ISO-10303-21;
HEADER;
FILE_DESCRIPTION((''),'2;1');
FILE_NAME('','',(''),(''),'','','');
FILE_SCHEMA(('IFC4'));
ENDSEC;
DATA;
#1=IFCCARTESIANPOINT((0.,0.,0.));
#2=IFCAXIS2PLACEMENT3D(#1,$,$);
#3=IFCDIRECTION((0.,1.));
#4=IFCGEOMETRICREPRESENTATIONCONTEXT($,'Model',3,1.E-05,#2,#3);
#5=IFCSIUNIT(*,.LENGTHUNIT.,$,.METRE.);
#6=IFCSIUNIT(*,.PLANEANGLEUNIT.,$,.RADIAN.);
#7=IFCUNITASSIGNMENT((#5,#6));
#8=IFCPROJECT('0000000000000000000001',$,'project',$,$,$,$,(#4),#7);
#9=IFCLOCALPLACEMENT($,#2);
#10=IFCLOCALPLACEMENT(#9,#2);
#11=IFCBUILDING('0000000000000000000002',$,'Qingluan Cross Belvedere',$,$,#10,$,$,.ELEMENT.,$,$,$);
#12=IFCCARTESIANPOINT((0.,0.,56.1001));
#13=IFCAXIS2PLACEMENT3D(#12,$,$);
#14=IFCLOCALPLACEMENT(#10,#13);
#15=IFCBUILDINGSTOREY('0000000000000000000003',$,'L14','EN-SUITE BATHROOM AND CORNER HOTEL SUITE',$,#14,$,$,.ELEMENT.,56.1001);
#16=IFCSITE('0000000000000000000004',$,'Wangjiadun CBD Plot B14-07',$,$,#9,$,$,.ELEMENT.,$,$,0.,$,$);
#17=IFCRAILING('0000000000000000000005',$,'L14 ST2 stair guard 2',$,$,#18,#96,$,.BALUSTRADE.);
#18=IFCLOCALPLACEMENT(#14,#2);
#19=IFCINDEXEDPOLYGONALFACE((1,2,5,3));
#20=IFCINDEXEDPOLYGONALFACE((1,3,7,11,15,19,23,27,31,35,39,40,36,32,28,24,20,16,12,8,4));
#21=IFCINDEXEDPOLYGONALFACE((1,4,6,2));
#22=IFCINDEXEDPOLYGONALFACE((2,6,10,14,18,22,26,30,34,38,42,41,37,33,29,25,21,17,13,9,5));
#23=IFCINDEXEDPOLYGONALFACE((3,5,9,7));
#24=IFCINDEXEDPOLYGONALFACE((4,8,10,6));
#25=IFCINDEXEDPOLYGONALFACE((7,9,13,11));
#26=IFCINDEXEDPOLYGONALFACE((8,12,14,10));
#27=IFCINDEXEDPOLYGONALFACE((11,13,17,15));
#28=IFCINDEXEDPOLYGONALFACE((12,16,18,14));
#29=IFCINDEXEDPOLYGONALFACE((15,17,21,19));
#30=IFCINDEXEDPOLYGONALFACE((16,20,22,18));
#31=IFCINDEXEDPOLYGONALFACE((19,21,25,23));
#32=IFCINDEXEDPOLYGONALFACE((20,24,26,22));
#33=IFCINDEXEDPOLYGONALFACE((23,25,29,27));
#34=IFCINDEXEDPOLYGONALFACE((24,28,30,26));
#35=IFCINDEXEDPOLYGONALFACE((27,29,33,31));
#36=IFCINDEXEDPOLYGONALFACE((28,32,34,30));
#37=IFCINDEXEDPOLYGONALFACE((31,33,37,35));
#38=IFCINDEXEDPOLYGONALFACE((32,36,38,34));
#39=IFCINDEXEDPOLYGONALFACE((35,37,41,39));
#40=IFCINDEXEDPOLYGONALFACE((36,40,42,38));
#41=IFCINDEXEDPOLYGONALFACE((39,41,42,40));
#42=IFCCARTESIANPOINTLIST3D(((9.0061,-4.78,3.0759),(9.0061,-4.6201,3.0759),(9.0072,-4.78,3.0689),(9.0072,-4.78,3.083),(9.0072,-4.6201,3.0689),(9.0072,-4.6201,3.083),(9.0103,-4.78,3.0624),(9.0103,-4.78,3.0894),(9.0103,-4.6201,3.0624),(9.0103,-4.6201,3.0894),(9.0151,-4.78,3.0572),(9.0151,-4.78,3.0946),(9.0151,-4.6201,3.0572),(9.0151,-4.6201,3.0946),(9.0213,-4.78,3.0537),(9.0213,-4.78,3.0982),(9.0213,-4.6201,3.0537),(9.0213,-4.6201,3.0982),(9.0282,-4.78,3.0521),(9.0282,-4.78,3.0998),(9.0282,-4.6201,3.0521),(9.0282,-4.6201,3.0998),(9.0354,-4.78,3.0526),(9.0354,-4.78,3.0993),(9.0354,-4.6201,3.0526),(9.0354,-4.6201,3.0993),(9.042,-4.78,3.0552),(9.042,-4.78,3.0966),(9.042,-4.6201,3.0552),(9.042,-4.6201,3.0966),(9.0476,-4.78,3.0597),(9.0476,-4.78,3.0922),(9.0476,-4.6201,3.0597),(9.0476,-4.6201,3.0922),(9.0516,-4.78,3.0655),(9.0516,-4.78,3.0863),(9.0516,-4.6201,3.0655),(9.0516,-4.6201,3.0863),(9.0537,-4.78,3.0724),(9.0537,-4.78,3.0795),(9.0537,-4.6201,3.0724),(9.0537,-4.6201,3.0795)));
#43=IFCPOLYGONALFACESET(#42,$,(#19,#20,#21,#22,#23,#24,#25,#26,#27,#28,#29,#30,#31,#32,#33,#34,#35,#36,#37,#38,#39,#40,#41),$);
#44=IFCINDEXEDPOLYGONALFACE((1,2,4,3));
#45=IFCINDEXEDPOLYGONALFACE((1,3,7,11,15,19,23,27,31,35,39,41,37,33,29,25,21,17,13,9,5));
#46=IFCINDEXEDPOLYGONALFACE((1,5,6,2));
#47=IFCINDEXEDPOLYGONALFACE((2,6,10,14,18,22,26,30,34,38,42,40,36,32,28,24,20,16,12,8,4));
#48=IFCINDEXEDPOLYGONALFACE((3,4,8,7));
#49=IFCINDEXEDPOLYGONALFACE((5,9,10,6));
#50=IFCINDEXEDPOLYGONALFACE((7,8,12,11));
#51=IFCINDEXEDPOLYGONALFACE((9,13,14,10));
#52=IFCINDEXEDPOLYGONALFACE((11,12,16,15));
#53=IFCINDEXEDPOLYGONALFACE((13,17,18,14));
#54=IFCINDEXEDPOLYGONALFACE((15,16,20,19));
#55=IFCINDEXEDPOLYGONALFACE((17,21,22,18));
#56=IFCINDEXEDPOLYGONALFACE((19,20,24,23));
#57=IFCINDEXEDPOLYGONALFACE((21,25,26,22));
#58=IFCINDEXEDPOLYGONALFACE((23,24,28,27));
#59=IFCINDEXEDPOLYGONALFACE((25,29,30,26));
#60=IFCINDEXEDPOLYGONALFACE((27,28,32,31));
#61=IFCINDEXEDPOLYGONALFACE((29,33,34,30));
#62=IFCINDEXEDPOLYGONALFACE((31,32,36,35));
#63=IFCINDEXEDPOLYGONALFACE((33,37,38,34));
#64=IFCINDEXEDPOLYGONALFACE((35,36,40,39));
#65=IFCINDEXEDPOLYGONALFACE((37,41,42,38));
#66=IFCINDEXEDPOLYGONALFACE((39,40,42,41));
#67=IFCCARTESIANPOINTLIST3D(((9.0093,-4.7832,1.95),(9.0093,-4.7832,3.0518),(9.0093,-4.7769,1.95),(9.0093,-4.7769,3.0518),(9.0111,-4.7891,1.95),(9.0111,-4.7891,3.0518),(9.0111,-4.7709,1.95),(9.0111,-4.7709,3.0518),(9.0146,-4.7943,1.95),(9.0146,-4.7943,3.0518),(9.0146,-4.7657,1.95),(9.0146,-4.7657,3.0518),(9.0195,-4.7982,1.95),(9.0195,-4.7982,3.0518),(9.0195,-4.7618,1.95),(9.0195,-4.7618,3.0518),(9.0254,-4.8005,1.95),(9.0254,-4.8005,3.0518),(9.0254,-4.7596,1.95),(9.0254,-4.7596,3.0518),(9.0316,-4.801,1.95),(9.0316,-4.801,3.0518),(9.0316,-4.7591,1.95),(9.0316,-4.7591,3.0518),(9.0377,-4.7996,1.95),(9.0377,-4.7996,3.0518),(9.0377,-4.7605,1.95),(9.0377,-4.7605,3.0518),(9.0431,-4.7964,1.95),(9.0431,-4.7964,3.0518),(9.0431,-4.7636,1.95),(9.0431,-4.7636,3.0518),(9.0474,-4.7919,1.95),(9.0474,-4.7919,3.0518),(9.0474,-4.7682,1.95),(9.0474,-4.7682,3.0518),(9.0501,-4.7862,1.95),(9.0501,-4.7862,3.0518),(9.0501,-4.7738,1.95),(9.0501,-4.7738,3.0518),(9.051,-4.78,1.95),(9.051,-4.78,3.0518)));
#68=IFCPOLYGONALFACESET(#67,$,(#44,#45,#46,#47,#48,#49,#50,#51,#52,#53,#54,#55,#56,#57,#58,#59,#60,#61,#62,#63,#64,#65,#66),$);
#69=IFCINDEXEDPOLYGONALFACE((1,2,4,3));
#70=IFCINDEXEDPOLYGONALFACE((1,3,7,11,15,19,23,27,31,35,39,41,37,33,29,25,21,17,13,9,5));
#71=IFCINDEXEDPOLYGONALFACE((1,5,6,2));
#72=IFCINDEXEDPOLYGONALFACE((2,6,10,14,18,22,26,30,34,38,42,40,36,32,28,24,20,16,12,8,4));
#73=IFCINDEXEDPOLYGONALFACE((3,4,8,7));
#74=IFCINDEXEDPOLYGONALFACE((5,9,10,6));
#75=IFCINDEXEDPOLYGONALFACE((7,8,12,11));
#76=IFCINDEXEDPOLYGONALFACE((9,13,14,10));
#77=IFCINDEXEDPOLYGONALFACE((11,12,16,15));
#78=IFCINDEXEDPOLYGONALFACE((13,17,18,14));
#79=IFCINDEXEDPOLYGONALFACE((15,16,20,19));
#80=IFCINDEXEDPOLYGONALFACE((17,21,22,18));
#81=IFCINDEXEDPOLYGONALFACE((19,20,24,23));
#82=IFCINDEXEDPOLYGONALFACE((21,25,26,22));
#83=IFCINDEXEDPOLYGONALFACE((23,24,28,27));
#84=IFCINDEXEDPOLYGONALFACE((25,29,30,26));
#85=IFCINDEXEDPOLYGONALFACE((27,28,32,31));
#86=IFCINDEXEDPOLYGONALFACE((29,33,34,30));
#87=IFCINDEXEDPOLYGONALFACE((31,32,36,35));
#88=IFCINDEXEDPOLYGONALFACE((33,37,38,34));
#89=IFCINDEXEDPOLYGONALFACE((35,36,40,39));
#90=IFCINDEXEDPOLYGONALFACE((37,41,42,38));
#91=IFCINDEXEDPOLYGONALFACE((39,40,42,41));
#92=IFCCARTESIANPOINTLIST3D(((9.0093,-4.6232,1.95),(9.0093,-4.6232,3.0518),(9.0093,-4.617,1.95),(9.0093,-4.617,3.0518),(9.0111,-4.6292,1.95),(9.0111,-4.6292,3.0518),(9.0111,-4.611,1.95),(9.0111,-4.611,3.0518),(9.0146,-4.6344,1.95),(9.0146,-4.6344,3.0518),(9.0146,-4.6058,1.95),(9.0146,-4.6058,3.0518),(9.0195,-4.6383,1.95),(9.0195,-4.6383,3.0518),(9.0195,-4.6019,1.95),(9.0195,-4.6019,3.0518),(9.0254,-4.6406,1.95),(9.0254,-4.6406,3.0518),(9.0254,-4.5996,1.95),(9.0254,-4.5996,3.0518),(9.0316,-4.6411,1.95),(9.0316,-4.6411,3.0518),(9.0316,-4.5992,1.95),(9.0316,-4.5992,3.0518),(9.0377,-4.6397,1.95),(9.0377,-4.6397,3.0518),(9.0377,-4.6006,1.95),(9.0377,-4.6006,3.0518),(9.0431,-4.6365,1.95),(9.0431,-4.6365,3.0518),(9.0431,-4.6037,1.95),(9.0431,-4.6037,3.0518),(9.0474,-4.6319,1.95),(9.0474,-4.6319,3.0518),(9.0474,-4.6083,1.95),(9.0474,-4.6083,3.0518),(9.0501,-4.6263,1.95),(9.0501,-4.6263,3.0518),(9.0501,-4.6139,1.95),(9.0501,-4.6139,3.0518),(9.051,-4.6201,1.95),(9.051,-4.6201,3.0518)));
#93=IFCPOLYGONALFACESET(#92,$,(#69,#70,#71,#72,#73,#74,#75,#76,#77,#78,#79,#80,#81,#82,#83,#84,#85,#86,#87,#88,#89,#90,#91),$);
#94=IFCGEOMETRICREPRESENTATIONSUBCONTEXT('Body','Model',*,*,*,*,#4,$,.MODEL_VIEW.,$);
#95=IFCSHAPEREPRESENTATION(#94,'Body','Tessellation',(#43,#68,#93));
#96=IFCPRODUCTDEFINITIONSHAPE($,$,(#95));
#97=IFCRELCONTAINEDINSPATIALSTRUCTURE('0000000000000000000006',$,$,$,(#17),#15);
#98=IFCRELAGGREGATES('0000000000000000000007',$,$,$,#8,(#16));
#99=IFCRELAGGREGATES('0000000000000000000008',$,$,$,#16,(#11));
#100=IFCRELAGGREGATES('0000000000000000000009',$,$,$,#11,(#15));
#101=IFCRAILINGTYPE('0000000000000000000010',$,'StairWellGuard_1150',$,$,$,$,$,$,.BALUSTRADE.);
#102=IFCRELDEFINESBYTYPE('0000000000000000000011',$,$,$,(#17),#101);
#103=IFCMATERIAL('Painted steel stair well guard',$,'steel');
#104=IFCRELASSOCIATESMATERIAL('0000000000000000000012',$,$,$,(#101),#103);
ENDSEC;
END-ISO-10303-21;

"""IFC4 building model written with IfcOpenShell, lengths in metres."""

from ifc_helpers import new_model, si_unit, direction, frame, origin, origin_2d, place, context, subcontext, project, spatial, circle, extrude, material, type_object, element, save


model = new_model("IFC4")

# Units and contexts
model_context = context("Model", 3, precision=1e-05, world=origin(), true_north=direction((0.0, 1.0)))
body_context = subcontext(model_context, "Body", "Model", "MODEL_VIEW")
ifc_project = project(units=[si_unit("LENGTHUNIT", "METRE"), si_unit("PLANEANGLEUNIT", "RADIAN")], contexts=[model_context])

# Site, building, storey
site_placement = place(None, origin())
site = spatial("IfcSite", under=ifc_project, at=site_placement, Name="Wangjiadun CBD Plot B14-07", CompositionType="ELEMENT", RefElevation=0.0)
building_placement = place(site_placement, origin())
building = spatial("IfcBuilding", under=site, at=building_placement, Name="Qingluan Cross Belvedere", CompositionType="ELEMENT")
storey_placement = place(building_placement, frame((0.0, 0.0, 56.1001)))
storey = spatial("IfcBuildingStorey", under=building, at=storey_placement, Name="L14", Description="EN-SUITE BATHROOM AND CORNER HOTEL SUITE", CompositionType="ELEMENT", Elevation=56.1001)

# Railing
ifc_material_1 = material(Name="Painted steel stair well guard", Category="steel")
railing_type_1 = type_object("IfcRailingType", Name="StairWellGuard_1150", PredefinedType="BALUSTRADE", material=ifc_material_1)
railing_1_placement = place(storey_placement, frame((9.03, -4.78, 1.95)))
element("IfcRailing", 1, at=railing_1_placement, inside=storey, type_object=railing_type_1, Name="L14 ST2 stair guard 2", PredefinedType="BALUSTRADE", context=body_context, shape_type="SweptSolid", body=[
    extrude(circle(Radius=0.0239, at=origin_2d()), frame((0.0, 0.0, 1.126), z_axis=(0.0, 1.0, 0.0), x_axis=(-1.0, 0.0, 0.0)), (0.0, 0.0, 1.0), 0.1599),
    extrude(circle(Radius=0.021, at=origin_2d()), origin(), (0.0, 0.0, 1.0), 1.1018),
    extrude(circle(Radius=0.021, at=origin_2d()), frame((0.0, 0.1599, 0.0)), (0.0, 0.0, 1.0), 1.1018),
])

save(model, "model.ifc")
